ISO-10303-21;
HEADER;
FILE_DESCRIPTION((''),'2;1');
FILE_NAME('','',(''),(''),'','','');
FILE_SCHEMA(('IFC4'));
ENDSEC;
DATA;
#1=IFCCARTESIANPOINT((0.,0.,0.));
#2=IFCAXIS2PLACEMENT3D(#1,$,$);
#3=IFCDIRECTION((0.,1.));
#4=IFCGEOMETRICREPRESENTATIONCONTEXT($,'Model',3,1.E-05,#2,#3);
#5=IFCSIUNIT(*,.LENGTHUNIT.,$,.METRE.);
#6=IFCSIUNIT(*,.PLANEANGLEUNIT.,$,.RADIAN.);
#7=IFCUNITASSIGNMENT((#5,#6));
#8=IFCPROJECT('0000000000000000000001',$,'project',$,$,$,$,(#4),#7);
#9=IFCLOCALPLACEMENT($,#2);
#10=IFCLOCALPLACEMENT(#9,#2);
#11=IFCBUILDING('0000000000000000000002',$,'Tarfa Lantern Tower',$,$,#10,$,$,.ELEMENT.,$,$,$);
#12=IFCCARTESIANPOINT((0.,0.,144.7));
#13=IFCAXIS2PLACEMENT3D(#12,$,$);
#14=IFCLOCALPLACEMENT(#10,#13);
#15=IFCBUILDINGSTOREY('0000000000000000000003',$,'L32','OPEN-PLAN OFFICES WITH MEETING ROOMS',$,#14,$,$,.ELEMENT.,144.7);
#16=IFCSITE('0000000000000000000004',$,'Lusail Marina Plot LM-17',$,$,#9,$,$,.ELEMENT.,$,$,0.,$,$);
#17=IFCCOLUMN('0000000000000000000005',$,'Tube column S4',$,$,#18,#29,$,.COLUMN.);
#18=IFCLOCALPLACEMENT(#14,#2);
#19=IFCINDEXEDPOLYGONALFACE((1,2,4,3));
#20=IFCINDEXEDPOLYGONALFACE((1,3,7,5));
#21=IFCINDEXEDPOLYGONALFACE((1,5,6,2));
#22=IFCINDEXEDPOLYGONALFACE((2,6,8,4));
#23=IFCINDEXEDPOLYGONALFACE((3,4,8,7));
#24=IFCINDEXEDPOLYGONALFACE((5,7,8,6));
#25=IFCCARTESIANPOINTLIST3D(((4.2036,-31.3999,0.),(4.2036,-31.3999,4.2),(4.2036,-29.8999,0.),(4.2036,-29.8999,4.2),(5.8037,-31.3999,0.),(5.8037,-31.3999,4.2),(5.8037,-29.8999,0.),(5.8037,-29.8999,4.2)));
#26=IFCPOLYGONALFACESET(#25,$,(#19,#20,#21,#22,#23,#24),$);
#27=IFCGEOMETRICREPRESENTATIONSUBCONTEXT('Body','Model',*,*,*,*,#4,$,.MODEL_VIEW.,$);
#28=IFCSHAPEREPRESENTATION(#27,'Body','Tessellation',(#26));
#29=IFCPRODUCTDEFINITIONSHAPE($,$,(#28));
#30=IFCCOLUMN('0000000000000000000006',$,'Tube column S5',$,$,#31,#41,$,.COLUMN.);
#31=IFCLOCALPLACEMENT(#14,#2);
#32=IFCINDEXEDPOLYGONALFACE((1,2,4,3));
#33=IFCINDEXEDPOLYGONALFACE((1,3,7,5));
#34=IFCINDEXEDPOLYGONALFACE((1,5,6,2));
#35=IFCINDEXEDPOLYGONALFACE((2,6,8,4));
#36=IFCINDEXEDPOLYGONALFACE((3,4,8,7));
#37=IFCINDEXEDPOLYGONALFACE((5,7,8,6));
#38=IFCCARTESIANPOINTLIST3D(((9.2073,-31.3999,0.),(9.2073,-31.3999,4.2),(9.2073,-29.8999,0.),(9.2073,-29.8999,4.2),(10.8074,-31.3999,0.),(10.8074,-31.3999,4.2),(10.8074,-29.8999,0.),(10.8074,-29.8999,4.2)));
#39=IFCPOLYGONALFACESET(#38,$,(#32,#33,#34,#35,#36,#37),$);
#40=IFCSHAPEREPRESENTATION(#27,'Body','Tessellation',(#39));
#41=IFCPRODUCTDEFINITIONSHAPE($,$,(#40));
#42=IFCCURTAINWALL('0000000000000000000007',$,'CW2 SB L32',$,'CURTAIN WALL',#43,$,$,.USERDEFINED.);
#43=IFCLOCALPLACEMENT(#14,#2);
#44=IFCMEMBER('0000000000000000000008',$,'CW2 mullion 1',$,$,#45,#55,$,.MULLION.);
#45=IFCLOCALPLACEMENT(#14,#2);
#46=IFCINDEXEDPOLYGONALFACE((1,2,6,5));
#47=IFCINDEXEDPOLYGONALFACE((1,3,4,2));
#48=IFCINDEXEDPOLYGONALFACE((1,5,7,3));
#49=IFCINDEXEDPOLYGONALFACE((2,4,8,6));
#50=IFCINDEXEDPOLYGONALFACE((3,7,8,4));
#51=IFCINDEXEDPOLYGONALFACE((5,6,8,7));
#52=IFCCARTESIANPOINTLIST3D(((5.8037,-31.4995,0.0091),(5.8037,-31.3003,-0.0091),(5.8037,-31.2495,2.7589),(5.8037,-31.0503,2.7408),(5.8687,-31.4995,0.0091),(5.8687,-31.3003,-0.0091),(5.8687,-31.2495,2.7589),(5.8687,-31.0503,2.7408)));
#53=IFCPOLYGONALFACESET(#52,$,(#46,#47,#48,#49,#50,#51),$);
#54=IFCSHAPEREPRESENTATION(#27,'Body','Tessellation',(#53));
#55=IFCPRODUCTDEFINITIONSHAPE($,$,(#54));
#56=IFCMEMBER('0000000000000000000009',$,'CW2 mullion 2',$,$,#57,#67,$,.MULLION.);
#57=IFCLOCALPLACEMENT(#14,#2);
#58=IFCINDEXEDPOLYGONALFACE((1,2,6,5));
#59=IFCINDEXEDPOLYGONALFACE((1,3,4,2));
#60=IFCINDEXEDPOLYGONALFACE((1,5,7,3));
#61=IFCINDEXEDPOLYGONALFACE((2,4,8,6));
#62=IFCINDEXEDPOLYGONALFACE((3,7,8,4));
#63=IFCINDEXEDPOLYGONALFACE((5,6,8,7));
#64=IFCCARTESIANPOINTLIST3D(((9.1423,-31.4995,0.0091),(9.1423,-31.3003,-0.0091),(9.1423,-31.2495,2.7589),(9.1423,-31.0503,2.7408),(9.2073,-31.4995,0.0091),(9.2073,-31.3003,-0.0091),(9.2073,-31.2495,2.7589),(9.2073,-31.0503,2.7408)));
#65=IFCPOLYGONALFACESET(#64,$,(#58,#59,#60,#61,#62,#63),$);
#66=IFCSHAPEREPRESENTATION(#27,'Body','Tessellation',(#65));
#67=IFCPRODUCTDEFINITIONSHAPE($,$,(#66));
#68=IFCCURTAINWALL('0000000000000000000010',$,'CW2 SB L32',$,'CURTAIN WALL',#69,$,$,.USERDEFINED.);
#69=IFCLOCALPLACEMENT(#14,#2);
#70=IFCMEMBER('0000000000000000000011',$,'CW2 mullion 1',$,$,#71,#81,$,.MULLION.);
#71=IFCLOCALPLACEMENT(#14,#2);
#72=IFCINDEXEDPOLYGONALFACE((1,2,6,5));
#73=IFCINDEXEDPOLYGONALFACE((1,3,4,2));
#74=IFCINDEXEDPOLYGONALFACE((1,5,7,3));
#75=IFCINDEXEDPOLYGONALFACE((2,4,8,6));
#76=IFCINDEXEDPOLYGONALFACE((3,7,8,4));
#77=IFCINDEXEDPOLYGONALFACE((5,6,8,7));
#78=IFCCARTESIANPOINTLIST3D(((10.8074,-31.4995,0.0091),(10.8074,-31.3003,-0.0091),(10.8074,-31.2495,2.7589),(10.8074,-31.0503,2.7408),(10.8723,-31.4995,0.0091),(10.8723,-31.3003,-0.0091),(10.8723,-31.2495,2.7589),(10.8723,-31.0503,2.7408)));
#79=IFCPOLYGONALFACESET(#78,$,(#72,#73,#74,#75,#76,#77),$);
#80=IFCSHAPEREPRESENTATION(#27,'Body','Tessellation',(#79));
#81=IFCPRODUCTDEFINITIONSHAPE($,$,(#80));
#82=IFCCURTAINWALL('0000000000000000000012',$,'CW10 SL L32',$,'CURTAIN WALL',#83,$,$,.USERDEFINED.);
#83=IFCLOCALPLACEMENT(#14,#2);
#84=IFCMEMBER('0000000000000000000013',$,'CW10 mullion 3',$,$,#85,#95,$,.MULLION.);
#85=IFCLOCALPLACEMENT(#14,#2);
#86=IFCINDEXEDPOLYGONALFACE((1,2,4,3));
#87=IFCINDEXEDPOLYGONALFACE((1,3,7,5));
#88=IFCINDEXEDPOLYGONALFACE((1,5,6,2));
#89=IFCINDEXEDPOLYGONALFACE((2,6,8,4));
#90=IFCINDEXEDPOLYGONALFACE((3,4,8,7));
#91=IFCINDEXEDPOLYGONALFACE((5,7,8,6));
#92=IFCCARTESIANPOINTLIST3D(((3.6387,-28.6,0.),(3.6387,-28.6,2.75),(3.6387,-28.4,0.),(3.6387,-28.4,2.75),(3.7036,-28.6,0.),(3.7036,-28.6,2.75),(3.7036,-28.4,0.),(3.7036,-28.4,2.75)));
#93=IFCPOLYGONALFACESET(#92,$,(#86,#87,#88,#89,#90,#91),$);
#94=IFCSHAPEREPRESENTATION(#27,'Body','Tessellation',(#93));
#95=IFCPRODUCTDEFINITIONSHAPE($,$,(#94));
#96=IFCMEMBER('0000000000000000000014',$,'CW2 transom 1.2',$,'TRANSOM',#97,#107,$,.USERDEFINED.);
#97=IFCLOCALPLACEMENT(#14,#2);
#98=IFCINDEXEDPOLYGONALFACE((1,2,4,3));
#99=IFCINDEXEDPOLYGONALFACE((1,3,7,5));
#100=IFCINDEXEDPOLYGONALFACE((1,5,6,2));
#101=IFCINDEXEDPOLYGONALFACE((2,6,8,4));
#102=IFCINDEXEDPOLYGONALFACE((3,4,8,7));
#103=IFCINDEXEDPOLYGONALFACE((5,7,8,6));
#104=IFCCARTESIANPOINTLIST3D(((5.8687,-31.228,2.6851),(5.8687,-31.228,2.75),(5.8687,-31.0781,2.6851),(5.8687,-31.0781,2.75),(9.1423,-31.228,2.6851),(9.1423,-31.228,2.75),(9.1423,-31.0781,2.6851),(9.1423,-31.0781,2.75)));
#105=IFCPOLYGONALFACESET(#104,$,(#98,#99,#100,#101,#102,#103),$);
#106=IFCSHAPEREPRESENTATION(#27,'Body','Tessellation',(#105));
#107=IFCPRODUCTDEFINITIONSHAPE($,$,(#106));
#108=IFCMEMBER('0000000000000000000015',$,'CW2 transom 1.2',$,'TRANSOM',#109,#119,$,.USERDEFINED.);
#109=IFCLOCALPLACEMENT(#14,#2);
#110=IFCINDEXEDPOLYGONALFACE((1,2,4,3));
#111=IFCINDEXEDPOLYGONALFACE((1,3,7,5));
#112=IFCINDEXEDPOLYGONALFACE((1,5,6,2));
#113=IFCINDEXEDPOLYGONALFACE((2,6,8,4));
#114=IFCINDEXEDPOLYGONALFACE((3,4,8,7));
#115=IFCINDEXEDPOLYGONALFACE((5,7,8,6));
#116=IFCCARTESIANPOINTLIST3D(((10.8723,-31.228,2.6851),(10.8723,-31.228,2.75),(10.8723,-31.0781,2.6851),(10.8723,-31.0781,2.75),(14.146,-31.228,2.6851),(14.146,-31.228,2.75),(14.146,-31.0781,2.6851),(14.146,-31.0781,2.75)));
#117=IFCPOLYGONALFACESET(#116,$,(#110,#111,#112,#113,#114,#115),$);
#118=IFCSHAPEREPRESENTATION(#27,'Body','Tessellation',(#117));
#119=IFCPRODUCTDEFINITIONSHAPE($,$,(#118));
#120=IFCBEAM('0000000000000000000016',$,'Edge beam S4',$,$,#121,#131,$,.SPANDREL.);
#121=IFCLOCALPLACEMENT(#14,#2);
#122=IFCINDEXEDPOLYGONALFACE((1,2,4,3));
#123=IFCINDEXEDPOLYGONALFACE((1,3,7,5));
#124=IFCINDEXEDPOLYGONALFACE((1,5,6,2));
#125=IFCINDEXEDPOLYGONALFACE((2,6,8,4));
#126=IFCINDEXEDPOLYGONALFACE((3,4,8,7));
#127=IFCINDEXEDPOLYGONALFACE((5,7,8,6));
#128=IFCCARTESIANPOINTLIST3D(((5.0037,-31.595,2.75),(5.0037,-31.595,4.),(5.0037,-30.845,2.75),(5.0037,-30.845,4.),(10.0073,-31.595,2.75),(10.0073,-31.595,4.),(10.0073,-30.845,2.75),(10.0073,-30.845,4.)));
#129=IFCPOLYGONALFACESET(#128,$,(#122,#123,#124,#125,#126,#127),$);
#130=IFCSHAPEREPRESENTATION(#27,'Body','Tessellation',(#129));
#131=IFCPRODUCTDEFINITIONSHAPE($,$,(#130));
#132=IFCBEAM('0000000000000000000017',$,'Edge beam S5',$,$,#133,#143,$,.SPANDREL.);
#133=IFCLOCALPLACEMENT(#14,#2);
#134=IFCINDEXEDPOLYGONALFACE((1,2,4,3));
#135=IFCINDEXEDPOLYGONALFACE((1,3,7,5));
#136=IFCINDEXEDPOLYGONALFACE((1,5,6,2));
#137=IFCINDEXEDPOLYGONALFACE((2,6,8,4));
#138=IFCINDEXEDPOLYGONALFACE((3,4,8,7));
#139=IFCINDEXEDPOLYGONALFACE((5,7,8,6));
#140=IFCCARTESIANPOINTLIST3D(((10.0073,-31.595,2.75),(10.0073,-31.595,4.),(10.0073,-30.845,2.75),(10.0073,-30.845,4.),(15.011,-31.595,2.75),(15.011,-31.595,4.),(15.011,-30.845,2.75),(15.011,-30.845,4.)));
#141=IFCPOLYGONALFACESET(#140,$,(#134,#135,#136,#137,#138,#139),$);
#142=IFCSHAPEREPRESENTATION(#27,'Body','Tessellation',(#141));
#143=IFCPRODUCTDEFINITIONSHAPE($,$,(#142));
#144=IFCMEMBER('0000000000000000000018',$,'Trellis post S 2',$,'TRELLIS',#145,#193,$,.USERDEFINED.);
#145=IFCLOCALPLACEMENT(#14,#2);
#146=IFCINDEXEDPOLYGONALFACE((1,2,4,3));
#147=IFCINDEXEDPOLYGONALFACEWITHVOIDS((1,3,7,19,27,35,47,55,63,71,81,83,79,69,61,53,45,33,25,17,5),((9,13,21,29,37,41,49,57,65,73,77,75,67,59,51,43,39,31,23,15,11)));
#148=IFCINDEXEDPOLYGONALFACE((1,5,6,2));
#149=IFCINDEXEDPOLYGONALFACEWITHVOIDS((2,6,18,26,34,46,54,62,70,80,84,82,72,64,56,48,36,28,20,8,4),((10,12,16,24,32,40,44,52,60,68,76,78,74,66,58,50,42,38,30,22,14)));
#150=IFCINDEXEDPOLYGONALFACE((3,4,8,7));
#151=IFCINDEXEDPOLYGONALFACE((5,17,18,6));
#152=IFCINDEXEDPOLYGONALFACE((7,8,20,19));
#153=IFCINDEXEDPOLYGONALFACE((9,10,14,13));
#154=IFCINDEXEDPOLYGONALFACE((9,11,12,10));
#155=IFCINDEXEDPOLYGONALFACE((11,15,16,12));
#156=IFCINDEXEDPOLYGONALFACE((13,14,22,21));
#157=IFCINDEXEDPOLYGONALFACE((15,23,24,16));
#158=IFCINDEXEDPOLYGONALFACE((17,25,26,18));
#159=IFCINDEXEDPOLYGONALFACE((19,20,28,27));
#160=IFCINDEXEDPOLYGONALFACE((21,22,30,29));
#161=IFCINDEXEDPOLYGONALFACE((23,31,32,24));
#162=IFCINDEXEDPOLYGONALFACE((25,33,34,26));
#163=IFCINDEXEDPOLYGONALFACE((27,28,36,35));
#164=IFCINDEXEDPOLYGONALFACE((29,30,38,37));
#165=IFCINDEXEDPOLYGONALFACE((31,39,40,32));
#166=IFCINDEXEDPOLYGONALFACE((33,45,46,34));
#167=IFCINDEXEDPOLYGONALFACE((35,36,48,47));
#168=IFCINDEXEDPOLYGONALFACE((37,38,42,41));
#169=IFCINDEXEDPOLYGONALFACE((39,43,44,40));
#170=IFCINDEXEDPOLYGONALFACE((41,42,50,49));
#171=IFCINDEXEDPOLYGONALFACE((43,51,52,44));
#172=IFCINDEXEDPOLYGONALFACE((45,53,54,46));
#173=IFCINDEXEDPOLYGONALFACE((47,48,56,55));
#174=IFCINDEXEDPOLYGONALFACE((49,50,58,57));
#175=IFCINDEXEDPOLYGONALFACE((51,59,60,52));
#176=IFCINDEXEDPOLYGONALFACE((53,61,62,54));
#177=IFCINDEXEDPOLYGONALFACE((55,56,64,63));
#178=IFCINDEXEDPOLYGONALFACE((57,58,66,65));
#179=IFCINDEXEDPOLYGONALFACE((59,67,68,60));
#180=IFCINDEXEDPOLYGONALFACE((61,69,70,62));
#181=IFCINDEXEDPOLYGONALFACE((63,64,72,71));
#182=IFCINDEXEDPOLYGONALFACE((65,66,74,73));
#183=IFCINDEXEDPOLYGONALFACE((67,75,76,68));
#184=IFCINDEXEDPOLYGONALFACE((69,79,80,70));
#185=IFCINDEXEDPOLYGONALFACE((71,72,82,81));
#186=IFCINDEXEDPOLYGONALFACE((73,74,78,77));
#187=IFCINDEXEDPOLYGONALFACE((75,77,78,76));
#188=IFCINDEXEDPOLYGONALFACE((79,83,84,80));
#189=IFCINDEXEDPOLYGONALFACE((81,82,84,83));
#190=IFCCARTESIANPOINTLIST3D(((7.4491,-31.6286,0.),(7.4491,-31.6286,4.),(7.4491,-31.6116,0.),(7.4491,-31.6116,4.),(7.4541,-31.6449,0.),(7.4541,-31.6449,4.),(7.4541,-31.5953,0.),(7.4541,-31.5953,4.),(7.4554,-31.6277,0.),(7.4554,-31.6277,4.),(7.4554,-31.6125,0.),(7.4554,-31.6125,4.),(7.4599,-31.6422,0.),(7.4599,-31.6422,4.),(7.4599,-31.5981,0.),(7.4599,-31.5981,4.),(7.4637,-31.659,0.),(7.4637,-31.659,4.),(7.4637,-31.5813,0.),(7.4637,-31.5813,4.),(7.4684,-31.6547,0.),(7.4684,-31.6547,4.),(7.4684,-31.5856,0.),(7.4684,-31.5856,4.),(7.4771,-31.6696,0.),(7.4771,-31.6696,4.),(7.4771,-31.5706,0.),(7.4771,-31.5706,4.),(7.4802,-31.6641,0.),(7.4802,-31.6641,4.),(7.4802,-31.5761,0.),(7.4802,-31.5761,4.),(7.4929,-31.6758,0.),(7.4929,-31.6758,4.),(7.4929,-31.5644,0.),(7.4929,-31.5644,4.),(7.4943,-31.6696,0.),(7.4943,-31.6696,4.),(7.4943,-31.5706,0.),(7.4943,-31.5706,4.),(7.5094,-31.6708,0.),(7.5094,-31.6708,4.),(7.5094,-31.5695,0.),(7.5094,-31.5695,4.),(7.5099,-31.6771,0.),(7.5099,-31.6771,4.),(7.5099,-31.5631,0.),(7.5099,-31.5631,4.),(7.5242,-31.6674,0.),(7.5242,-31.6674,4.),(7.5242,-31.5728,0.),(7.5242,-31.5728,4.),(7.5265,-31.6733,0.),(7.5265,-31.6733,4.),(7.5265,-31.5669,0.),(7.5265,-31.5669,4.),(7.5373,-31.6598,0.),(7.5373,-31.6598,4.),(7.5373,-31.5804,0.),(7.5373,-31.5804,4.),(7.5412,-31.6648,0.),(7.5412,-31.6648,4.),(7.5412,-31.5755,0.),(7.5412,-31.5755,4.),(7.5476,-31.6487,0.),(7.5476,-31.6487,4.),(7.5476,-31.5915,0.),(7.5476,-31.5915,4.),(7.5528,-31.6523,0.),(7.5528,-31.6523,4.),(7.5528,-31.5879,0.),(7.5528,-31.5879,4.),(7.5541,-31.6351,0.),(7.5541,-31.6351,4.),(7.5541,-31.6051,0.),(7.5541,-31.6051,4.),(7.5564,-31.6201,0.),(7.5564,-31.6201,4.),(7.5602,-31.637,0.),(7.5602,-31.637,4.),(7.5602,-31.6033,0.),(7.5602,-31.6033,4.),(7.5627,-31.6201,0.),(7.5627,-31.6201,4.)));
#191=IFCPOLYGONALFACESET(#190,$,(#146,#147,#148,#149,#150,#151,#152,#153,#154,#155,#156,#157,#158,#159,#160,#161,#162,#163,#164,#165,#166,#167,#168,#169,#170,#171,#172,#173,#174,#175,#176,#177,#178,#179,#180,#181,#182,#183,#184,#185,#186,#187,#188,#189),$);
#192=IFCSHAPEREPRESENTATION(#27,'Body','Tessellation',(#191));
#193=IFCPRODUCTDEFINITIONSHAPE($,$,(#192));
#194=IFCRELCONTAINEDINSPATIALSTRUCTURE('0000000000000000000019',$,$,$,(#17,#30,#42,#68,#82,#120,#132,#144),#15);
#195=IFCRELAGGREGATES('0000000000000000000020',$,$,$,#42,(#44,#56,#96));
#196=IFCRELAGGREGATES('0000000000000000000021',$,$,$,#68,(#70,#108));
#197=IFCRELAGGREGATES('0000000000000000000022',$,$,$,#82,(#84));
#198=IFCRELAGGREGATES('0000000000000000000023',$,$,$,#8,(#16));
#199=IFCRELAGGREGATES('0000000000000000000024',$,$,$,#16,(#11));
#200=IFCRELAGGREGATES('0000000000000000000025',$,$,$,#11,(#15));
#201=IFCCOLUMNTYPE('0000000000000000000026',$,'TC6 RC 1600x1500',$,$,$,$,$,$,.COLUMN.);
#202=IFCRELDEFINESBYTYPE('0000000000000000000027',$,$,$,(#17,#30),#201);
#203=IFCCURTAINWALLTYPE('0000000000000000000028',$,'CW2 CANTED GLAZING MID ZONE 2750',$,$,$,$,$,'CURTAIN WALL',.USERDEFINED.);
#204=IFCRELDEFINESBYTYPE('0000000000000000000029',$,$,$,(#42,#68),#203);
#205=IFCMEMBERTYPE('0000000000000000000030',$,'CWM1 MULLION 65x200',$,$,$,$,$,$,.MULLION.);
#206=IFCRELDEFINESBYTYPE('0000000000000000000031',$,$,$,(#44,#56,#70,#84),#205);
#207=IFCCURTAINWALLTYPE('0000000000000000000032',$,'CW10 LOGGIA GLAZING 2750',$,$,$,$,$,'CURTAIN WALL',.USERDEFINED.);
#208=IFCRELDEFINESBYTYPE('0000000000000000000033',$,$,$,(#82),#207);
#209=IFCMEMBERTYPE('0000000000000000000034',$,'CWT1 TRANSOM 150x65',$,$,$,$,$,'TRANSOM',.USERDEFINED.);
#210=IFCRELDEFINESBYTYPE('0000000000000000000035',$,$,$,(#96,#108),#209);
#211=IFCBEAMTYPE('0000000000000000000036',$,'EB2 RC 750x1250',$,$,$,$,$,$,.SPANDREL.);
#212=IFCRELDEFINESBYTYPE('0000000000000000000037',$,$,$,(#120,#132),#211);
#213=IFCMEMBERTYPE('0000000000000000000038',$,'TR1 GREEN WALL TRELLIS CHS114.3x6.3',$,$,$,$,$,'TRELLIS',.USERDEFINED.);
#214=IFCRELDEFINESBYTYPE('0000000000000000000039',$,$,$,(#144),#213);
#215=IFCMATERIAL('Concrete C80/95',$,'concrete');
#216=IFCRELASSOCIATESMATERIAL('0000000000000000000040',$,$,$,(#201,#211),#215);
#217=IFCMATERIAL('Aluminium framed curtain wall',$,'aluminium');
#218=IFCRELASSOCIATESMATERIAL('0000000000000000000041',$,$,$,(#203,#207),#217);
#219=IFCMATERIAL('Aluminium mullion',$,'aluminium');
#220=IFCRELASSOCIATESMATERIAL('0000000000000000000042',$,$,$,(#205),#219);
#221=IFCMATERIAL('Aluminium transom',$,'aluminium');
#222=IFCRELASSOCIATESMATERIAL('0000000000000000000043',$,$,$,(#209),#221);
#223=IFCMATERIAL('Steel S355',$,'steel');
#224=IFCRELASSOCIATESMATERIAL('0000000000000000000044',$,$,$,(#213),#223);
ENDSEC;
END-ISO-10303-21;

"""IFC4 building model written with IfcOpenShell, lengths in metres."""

from ifc_helpers import new_model, si_unit, direction, frame, origin, origin_2d, place, context, subcontext, project, spatial, rectangle, hollow_circle, extrude, material, material_profile, profile_set, type_object, element, aggregate, save


model = new_model("IFC4")

# Units and contexts
model_context = context("Model", 3, precision=1e-05, world=origin(), true_north=direction((0.0, 1.0)))
body_context = subcontext(model_context, "Body", "Model", "MODEL_VIEW")
ifc_project = project(units=[si_unit("LENGTHUNIT", "METRE"), si_unit("PLANEANGLEUNIT", "RADIAN")], contexts=[model_context])

# Site, building, storey
site_placement = place(None, origin())
site = spatial("IfcSite", under=ifc_project, at=site_placement, Name="Lusail Marina Plot LM-17", CompositionType="ELEMENT", RefElevation=0.0)
building_placement = place(site_placement, origin())
building = spatial("IfcBuilding", under=site, at=building_placement, Name="Tarfa Lantern Tower", CompositionType="ELEMENT")
storey_placement = place(building_placement, frame((0.0, 0.0, 144.7)))
storey = spatial("IfcBuildingStorey", under=building, at=storey_placement, Name="L32", Description="OPEN-PLAN OFFICES WITH MEETING ROOMS", CompositionType="ELEMENT", Elevation=144.7)

# Columns
ifc_material_1 = material(Name="Concrete C80/95", Category="concrete")
ifc_material_profile_1 = material_profile(ifc_material_1, rectangle(XDim=1.6001, YDim=1.5, at=origin_2d()), Name="RC 1600x1500")
ifc_profile_set_1 = profile_set([ifc_material_profile_1], Name="Concrete C80/95")
column_type = type_object("IfcColumnType", Name="TC6 RC 1600x1500", PredefinedType="COLUMN", material=ifc_profile_set_1)
for number, where, z_axis, x_axis, name in (
    (1, (5.0037, -30.6499, 0.0), (0.0, 0.0, 1.0), (1.0, 0.0, 0.0), "Tube column S4"),
    (2, (10.0073, -30.6499, 0.0), (0.0, 0.0, 1.0), (1.0, 0.0, 0.0), "Tube column S5"),
):
    element("IfcColumn", number, at=place(storey_placement, frame(where, z_axis=z_axis, x_axis=x_axis)), inside=storey, type_object=column_type, Name=name, PredefinedType="COLUMN", context=body_context, shape_type="SweptSolid", body=[
        extrude(rectangle(XDim=1.6001, YDim=1.5, at=origin_2d()), origin(), (0.0, 0.0, 1.0), 4.2),
    ])

# Curtain wall, members
ifc_material_2 = material(Name="Aluminium framed curtain wall", Category="aluminium")
curtain_wall_type_1 = type_object("IfcCurtainWallType", Name="CW2 CANTED GLAZING MID ZONE 2750", ElementType="CURTAIN WALL", PredefinedType="USERDEFINED", material=ifc_material_2)
curtain_wall_1_placement = place(storey_placement, origin())
curtain_wall_1 = element("IfcCurtainWall", 3, at=curtain_wall_1_placement, inside=storey, type_object=curtain_wall_type_1, Name="CW2 SB L32", ObjectType="CURTAIN WALL", PredefinedType="USERDEFINED")
ifc_material_3 = material(Name="Aluminium mullion", Category="aluminium")
ifc_material_profile_2 = material_profile(ifc_material_3, rectangle(XDim=0.0649, YDim=0.2, at=origin_2d()), Name="AL MULLION 65x200")
ifc_profile_set_2 = profile_set([ifc_material_profile_2], Name="Aluminium mullion")
member_type_1 = type_object("IfcMemberType", Name="CWM1 MULLION 65x200", PredefinedType="MULLION", material=ifc_profile_set_2)
member_1_placement = place(storey_placement, frame((5.8362, -31.3999, 0.0), z_axis=(0.0, 0.090536, 0.995893), x_axis=(-1.0, 0.0, 0.0)))
member_1 = element("IfcMember", 4, at=member_1_placement, type_object=member_type_1, Name="CW2 mullion 1", PredefinedType="MULLION", context=body_context, shape_type="SweptSolid", body=[
    extrude(rectangle(XDim=0.0649, YDim=0.2, at=origin_2d()), origin(), (0.0, 0.0, 1.0), 2.7612),
])
member_2_placement = place(storey_placement, frame((9.1748, -31.3999, 0.0), z_axis=(0.0, 0.090536, 0.995893), x_axis=(-1.0, 0.0, 0.0)))
member_2 = element("IfcMember", 5, at=member_2_placement, type_object=member_type_1, Name="CW2 mullion 2", PredefinedType="MULLION", context=body_context, shape_type="SweptSolid", body=[
    extrude(rectangle(XDim=0.0649, YDim=0.2, at=origin_2d()), origin(), (0.0, 0.0, 1.0), 2.7612),
])

# Curtain walls, members
curtain_wall_2_placement = place(storey_placement, origin())
curtain_wall_2 = element("IfcCurtainWall", 6, at=curtain_wall_2_placement, inside=storey, type_object=curtain_wall_type_1, Name="CW2 SB L32", ObjectType="CURTAIN WALL", PredefinedType="USERDEFINED")
member_3_placement = place(storey_placement, frame((10.8398, -31.3999, 0.0), z_axis=(0.0, 0.090536, 0.995893), x_axis=(-1.0, 0.0, 0.0)))
member_3 = element("IfcMember", 7, at=member_3_placement, type_object=member_type_1, Name="CW2 mullion 1", PredefinedType="MULLION", context=body_context, shape_type="SweptSolid", body=[
    extrude(rectangle(XDim=0.0649, YDim=0.2, at=origin_2d()), origin(), (0.0, 0.0, 1.0), 2.7612),
])
curtain_wall_type_2 = type_object("IfcCurtainWallType", Name="CW10 LOGGIA GLAZING 2750", ElementType="CURTAIN WALL", PredefinedType="USERDEFINED", material=ifc_material_2)
curtain_wall_3_placement = place(storey_placement, origin())
curtain_wall_3 = element("IfcCurtainWall", 8, at=curtain_wall_3_placement, inside=storey, type_object=curtain_wall_type_2, Name="CW10 SL L32", ObjectType="CURTAIN WALL", PredefinedType="USERDEFINED")
member_4_placement = place(storey_placement, frame((3.6711, -28.5, 0.0), z_axis=(0.0, 0.0, 1.0), x_axis=(1.0, 0.0, 0.0)))
member_4 = element("IfcMember", 9, at=member_4_placement, type_object=member_type_1, Name="CW10 mullion 3", PredefinedType="MULLION", context=body_context, shape_type="SweptSolid", body=[
    extrude(rectangle(XDim=0.0649, YDim=0.2, at=origin_2d()), origin(), (0.0, 0.0, 1.0), 2.75),
])

# Members
ifc_material_4 = material(Name="Aluminium transom", Category="aluminium")
ifc_material_profile_3 = material_profile(ifc_material_4, rectangle(XDim=0.1499, YDim=0.0649, at=origin_2d()), Name="AL TRANSOM 150x65")
ifc_profile_set_3 = profile_set([ifc_material_profile_3], Name="Aluminium transom")
member_type_2 = type_object("IfcMemberType", Name="CWT1 TRANSOM 150x65", ElementType="TRANSOM", PredefinedType="USERDEFINED", material=ifc_profile_set_3)
member_5_placement = place(storey_placement, frame((5.8687, -31.1531, 2.7175), z_axis=(1.0, 0.0, 0.0), x_axis=(0.0, 1.0, 0.0)))
member_5 = element("IfcMember", 10, at=member_5_placement, type_object=member_type_2, Name="CW2 transom 1.2", ObjectType="TRANSOM", PredefinedType="USERDEFINED", context=body_context, shape_type="SweptSolid", body=[
    extrude(rectangle(XDim=0.1499, YDim=0.0649, at=origin_2d()), origin(), (0.0, 0.0, 1.0), 3.2737),
])
member_6_placement = place(storey_placement, frame((10.8723, -31.1531, 2.7175), z_axis=(1.0, 0.0, 0.0), x_axis=(0.0, 1.0, 0.0)))
member_6 = element("IfcMember", 11, at=member_6_placement, type_object=member_type_2, Name="CW2 transom 1.2", ObjectType="TRANSOM", PredefinedType="USERDEFINED", context=body_context, shape_type="SweptSolid", body=[
    extrude(rectangle(XDim=0.1499, YDim=0.0649, at=origin_2d()), origin(), (0.0, 0.0, 1.0), 3.2737),
])

# Beams
ifc_material_profile_4 = material_profile(ifc_material_1, rectangle(XDim=0.75, YDim=1.25, at=origin_2d()), Name="RC 750x1250")
ifc_profile_set_4 = profile_set([ifc_material_profile_4], Name="Concrete C80/95")
beam_type_1 = type_object("IfcBeamType", Name="EB2 RC 750x1250", PredefinedType="SPANDREL", material=ifc_profile_set_4)
for number, where, z_axis, x_axis, name in (
    (12, (5.0037, -31.22, 3.375), (1.0, 0.0, 0.0), (0.0, 1.0, 0.0), "Edge beam S4"),
    (13, (10.0073, -31.22, 3.375), (1.0, 0.0, 0.0), (0.0, 1.0, 0.0), "Edge beam S5"),
):
    element("IfcBeam", number, at=place(storey_placement, frame(where, z_axis=z_axis, x_axis=x_axis)), inside=storey, type_object=beam_type_1, Name=name, PredefinedType="SPANDREL", context=body_context, shape_type="SweptSolid", body=[
        extrude(rectangle(XDim=0.75, YDim=1.25, at=origin_2d()), origin(), (0.0, 0.0, 1.0), 5.0037),
    ])

# Member
ifc_material_5 = material(Name="Steel S355", Category="steel")
ifc_material_profile_5 = material_profile(ifc_material_5, hollow_circle(Radius=0.0571, WallThickness=0.0063, at=origin_2d()), Name="CHS114.3x6.3")
ifc_profile_set_5 = profile_set([ifc_material_profile_5], Name="Steel S355")
member_type_3 = type_object("IfcMemberType", Name="TR1 GREEN WALL TRELLIS CHS114.3x6.3", ElementType="TRELLIS", PredefinedType="USERDEFINED", material=ifc_profile_set_5)
member_7_placement = place(storey_placement, frame((7.5056, -31.6201, 0.0), z_axis=(0.0, 0.0, 1.0), x_axis=(1.0, 0.0, 0.0)))
element("IfcMember", 14, at=member_7_placement, inside=storey, type_object=member_type_3, Name="Trellis post S 2", ObjectType="TRELLIS", PredefinedType="USERDEFINED", context=body_context, shape_type="SweptSolid", body=[
    extrude(hollow_circle(Radius=0.0571, WallThickness=0.0063, at=origin_2d()), origin(), (0.0, 0.0, 1.0), 4.0),
])

aggregate(curtain_wall_1, [member_1, member_2, member_5])
aggregate(curtain_wall_2, [member_3, member_6])
aggregate(curtain_wall_3, [member_4])

save(model, "model.ifc")
